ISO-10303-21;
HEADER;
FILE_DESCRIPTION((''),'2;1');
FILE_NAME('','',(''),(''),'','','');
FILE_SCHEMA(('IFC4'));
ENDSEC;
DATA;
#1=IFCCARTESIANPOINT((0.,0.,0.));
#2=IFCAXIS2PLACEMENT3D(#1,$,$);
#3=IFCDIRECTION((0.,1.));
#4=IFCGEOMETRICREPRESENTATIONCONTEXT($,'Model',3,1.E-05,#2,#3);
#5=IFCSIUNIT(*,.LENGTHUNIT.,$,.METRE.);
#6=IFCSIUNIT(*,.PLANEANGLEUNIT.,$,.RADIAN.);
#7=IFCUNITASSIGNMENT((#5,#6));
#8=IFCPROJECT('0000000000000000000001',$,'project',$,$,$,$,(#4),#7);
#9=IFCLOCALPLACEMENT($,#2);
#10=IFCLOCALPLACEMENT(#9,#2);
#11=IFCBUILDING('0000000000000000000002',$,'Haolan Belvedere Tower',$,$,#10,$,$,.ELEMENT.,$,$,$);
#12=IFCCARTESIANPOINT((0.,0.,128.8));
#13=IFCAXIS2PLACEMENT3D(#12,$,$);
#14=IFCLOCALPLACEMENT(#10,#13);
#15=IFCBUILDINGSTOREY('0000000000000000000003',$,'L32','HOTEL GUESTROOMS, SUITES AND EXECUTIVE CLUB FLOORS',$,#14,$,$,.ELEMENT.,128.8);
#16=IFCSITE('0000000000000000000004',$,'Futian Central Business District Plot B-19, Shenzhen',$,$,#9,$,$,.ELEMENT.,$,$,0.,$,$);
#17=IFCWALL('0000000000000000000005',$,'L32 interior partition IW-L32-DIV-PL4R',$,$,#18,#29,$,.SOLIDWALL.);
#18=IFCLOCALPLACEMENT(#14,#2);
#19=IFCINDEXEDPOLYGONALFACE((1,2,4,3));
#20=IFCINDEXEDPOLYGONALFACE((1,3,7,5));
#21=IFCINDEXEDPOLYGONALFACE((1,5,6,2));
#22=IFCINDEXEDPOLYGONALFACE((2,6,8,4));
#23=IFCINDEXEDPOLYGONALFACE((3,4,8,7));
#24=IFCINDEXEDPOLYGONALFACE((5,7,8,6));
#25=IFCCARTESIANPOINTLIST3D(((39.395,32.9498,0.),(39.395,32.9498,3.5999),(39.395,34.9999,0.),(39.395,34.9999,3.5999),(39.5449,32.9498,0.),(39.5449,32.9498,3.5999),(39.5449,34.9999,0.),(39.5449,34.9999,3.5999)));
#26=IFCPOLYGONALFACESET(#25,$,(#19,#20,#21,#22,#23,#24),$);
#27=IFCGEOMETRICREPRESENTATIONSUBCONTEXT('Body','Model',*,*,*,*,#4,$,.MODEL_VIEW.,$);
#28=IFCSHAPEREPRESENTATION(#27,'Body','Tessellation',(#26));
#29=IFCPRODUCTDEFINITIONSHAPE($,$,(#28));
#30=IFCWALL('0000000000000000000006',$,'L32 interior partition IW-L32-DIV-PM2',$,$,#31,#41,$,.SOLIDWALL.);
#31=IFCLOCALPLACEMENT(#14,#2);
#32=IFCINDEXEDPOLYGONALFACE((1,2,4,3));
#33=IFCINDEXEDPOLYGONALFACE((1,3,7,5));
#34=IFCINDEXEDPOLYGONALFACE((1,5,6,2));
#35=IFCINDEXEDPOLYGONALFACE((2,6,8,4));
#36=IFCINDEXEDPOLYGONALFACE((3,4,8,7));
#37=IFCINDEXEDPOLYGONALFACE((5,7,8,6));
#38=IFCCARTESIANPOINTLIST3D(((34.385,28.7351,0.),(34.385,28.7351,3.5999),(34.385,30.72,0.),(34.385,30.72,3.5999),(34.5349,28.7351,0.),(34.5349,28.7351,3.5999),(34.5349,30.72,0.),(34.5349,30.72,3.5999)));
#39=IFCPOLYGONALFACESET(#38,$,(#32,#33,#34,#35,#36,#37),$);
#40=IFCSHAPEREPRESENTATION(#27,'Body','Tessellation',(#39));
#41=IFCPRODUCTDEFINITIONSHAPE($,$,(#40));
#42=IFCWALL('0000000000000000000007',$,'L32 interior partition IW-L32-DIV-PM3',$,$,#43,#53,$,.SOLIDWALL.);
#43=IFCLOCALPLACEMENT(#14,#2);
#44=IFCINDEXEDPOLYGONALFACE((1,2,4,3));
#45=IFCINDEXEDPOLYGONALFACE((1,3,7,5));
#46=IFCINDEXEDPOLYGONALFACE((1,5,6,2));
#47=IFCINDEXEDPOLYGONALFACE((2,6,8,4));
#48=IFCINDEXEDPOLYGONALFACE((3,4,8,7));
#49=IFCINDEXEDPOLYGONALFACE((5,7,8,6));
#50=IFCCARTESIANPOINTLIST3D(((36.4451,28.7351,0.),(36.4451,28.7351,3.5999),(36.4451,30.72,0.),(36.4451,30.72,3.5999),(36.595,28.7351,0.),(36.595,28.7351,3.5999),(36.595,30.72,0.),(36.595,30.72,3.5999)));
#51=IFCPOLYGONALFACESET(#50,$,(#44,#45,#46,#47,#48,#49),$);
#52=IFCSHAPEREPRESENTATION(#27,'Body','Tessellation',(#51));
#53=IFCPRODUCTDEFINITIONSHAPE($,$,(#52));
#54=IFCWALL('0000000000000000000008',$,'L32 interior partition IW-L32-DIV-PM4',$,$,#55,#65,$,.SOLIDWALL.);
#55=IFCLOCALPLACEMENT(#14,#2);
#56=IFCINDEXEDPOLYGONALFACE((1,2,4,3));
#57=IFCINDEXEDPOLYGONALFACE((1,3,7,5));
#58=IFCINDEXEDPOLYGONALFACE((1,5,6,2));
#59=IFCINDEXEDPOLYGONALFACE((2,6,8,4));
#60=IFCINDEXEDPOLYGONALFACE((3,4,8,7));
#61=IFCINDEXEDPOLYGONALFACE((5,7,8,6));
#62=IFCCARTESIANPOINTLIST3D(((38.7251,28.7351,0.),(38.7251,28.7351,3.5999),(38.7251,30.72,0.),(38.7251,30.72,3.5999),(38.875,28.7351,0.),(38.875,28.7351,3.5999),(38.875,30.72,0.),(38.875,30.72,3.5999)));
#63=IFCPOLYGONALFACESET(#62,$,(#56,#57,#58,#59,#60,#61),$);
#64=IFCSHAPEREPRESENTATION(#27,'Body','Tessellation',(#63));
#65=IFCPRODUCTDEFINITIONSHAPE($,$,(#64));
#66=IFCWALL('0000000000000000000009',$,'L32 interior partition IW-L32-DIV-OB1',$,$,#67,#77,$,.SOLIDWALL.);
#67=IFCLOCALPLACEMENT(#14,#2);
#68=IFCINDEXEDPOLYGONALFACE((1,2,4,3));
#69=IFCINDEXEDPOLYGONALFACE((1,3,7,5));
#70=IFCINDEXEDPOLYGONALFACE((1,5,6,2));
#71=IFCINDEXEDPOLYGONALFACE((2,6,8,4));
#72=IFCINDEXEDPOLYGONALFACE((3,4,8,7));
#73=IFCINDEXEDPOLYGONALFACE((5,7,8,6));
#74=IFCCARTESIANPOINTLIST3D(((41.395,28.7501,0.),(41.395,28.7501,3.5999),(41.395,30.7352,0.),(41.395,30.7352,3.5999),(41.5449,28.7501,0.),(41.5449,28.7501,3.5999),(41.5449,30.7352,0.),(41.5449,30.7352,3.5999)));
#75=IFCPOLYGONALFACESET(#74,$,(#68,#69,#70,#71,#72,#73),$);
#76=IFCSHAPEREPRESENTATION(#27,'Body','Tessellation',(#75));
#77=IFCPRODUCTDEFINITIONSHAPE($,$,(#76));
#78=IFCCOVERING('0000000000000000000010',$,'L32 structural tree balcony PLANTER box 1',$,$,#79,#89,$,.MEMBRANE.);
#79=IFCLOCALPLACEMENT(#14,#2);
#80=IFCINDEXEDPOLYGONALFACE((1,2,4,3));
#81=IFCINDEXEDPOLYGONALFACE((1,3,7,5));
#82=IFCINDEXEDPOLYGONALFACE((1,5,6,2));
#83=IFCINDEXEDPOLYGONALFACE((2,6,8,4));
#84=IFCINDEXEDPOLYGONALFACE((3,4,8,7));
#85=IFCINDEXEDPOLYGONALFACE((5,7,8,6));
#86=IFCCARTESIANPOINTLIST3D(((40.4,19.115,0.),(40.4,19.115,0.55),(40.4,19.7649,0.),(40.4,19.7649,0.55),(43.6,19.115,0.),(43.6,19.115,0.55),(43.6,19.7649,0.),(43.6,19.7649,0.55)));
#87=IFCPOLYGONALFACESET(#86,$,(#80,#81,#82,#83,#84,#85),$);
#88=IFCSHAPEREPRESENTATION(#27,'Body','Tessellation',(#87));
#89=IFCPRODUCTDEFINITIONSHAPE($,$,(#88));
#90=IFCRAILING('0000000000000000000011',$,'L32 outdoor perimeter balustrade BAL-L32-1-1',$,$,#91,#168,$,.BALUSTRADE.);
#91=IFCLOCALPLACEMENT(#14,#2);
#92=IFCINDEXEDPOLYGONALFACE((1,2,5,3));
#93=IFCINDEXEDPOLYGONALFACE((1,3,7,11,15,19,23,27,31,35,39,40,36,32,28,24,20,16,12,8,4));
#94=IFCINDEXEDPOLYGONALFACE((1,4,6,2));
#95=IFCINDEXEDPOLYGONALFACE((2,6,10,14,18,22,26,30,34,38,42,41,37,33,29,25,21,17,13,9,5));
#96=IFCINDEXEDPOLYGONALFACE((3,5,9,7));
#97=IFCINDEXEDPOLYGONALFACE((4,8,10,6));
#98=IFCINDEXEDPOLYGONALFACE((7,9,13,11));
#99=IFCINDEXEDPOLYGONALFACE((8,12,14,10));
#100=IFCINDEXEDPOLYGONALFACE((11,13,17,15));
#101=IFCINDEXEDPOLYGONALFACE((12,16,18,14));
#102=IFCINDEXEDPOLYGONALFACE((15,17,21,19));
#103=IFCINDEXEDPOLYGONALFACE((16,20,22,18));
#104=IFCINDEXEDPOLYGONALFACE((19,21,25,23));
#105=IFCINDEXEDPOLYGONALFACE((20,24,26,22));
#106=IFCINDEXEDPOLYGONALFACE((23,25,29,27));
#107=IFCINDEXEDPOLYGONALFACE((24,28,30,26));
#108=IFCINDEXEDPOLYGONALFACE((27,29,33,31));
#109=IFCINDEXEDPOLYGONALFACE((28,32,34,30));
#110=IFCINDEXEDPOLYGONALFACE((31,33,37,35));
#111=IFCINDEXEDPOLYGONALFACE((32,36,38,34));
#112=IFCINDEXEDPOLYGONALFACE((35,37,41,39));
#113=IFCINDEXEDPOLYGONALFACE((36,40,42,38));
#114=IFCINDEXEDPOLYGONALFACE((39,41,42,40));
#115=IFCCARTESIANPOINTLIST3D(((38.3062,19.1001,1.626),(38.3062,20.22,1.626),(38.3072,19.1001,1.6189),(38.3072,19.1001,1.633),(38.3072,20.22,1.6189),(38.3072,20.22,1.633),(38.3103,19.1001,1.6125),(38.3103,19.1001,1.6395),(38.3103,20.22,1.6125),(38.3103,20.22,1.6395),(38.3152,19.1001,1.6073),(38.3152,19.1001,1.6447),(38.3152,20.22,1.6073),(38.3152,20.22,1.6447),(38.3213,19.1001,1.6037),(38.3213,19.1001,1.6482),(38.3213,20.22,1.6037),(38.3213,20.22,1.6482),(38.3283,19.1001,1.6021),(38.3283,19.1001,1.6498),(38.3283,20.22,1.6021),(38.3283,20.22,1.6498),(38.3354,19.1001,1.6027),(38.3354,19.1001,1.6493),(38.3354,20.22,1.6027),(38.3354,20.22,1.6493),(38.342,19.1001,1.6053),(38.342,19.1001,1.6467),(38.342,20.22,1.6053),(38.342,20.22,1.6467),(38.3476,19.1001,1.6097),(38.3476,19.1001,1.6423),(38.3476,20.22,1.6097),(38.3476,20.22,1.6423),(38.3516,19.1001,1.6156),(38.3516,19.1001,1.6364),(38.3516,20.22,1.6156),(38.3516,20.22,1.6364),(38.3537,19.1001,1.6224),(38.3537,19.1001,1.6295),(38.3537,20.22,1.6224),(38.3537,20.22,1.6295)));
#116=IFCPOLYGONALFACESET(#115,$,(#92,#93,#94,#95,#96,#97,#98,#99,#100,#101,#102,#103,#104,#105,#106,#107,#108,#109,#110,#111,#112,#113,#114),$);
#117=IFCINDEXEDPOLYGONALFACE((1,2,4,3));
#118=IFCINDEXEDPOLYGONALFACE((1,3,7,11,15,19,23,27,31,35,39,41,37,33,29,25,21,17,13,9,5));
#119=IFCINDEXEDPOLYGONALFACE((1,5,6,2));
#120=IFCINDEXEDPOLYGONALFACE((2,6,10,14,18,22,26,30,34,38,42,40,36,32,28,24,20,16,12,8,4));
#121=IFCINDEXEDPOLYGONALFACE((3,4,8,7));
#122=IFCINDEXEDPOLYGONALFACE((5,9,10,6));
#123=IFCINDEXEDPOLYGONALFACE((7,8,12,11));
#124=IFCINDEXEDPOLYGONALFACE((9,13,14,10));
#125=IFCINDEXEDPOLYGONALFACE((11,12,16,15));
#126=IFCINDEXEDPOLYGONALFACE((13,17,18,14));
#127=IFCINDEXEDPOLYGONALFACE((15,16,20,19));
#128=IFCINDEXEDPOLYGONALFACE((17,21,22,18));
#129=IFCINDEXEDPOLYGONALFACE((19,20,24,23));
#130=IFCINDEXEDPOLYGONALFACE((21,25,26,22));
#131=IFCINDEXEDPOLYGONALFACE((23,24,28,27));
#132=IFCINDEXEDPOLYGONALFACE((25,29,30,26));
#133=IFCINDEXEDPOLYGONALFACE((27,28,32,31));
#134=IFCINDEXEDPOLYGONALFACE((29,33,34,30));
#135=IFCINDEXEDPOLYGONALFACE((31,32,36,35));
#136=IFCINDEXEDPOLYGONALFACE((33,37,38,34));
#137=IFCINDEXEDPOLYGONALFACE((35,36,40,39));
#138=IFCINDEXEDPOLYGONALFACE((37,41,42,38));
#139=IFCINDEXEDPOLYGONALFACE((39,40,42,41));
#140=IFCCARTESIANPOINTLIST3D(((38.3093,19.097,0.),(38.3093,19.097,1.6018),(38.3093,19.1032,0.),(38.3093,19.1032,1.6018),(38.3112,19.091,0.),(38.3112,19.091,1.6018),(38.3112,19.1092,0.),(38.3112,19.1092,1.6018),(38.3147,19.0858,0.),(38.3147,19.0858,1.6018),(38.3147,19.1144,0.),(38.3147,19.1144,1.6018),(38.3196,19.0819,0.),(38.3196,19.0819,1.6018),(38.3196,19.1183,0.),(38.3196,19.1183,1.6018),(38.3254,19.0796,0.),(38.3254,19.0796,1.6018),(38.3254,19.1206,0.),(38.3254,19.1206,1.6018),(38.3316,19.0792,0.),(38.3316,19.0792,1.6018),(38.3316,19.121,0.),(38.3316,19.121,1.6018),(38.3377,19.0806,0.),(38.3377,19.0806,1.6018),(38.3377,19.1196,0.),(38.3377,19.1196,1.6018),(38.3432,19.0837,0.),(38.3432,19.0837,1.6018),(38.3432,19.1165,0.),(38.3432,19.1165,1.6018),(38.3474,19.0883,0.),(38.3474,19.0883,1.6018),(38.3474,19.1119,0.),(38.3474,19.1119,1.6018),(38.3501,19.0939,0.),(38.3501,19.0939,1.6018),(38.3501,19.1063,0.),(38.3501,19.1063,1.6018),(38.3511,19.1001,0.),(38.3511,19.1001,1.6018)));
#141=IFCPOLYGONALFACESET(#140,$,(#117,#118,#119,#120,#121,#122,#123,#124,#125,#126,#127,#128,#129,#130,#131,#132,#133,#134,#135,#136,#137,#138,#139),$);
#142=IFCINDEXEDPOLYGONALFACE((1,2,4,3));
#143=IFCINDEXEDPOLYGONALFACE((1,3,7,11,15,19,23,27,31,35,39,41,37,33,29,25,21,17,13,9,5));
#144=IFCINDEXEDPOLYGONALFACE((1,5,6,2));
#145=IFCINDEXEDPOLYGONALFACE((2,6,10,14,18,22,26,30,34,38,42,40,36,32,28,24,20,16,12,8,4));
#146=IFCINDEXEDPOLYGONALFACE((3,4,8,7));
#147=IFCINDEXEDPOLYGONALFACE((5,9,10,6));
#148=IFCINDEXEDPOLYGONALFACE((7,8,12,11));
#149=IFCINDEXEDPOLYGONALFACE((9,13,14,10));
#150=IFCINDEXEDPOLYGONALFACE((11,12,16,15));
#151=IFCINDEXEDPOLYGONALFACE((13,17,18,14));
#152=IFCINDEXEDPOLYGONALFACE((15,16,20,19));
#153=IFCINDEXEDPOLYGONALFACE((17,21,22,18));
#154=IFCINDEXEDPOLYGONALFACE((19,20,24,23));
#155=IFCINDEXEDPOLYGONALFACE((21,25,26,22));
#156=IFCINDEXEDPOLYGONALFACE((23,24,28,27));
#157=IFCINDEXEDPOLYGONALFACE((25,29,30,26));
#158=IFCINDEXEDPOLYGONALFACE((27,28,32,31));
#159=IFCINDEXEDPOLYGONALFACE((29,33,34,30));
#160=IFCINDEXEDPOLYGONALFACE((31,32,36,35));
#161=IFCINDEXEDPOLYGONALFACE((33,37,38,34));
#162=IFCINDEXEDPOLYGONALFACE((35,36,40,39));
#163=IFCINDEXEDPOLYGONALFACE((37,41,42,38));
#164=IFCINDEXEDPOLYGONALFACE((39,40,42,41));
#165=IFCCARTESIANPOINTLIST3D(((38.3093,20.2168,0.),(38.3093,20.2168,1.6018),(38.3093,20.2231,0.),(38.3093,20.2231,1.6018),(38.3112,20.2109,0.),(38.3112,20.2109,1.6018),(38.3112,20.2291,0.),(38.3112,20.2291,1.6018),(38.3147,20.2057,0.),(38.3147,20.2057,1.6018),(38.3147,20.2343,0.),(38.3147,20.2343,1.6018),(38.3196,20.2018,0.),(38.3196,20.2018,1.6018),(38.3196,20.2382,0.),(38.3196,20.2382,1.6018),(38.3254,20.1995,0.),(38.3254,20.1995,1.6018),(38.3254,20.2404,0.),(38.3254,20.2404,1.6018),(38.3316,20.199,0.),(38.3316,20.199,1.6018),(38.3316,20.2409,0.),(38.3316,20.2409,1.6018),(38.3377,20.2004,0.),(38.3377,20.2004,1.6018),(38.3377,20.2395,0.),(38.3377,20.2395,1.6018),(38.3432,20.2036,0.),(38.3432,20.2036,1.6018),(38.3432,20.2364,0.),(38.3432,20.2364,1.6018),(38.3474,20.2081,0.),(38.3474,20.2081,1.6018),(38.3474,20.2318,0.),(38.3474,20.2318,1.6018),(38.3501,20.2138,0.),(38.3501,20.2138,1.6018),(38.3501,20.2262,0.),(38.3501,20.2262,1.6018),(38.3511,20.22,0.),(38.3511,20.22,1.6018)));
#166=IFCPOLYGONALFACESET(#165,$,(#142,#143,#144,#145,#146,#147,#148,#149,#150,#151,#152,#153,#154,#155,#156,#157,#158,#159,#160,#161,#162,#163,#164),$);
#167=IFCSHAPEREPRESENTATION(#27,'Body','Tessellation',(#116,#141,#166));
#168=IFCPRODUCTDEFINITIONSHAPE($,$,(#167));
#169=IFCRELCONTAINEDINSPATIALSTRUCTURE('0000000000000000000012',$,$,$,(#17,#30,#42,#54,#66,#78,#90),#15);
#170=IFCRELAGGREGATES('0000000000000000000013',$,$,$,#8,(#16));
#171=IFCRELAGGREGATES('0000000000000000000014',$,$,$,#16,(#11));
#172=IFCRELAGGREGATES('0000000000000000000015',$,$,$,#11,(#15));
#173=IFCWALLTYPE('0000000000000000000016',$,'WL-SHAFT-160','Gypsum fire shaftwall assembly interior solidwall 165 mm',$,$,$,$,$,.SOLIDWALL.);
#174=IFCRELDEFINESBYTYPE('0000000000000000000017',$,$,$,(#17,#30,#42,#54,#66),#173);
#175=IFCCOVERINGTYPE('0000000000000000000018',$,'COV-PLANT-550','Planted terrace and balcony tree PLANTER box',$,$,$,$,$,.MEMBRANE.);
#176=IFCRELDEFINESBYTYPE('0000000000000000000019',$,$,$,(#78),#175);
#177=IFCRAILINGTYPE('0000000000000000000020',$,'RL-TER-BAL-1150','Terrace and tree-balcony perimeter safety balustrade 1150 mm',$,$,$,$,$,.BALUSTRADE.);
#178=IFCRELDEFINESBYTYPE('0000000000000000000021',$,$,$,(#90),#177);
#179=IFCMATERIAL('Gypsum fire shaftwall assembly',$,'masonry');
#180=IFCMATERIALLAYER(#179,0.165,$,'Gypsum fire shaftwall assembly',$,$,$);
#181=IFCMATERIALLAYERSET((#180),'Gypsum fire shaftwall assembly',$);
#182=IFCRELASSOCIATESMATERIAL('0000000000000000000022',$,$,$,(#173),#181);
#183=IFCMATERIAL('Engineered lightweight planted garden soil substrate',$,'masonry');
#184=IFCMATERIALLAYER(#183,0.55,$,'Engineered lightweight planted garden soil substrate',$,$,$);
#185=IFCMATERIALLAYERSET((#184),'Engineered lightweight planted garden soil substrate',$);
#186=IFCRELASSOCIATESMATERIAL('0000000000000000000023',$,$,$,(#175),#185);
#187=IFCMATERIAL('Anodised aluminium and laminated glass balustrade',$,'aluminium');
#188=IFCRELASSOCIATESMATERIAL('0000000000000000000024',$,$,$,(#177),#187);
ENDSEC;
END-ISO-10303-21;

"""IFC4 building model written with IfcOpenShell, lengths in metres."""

from ifc_helpers import new_model, si_unit, direction, frame, frame_2d, origin, origin_2d, place, context, subcontext, project, spatial, rectangle, circle, extrude, material, layer, layer_set, type_object, element, save


model = new_model("IFC4")

# Units and contexts
model_context = context("Model", 3, precision=1e-05, world=origin(), true_north=direction((0.0, 1.0)))
body_context = subcontext(model_context, "Body", "Model", "MODEL_VIEW")
ifc_project = project(units=[si_unit("LENGTHUNIT", "METRE"), si_unit("PLANEANGLEUNIT", "RADIAN")], contexts=[model_context])

# Site, building, storey
site_placement = place(None, origin())
site = spatial("IfcSite", under=ifc_project, at=site_placement, Name="Futian Central Business District Plot B-19, Shenzhen", CompositionType="ELEMENT", RefElevation=0.0)
building_placement = place(site_placement, origin())
building = spatial("IfcBuilding", under=site, at=building_placement, Name="Haolan Belvedere Tower", CompositionType="ELEMENT")
storey_placement = place(building_placement, frame((0.0, 0.0, 128.8)))
storey = spatial("IfcBuildingStorey", under=building, at=storey_placement, Name="L32", Description="HOTEL GUESTROOMS, SUITES AND EXECUTIVE CLUB FLOORS", CompositionType="ELEMENT", Elevation=128.8)

# Shared definitions
ifc_material_1 = material(Name="Gypsum fire shaftwall assembly", Category="masonry")
ifc_layer_1 = layer(ifc_material_1, 0.165, Name="Gypsum fire shaftwall assembly")
ifc_layer_set_1 = layer_set([ifc_layer_1], Name="Gypsum fire shaftwall assembly")
wall_type_1 = type_object("IfcWallType", Name="WL-SHAFT-160", Description="Gypsum fire shaftwall assembly interior solidwall 165 mm", PredefinedType="SOLIDWALL", material=ifc_layer_set_1)

# Walls
wall_1_placement = place(storey_placement, frame((39.47, 32.95, 0.0), z_axis=(0.0, 0.0, 1.0), x_axis=(0.0, 1.0, 0.0)))
element("IfcWall", 1, at=wall_1_placement, inside=storey, type_object=wall_type_1, Name="L32 interior partition IW-L32-DIV-PL4R", PredefinedType="SOLIDWALL", context=body_context, shape_type="SweptSolid", body=[
    extrude(rectangle(XDim=2.05, YDim=0.1499, at=frame_2d((1.0249, 0.0))), origin(), (0.0, 0.0, 1.0), 3.5999),
])
for number, where, z_axis, x_axis, name in (
    (2, (34.46, 28.7351, 0.0), (0.0, 0.0, 1.0), (0.0, 1.0, 0.0), "L32 interior partition IW-L32-DIV-PM2"),
    (3, (36.52, 28.7351, 0.0), (0.0, 0.0, 1.0), (0.0, 1.0, 0.0), "L32 interior partition IW-L32-DIV-PM3"),
    (4, (38.8, 28.7351, 0.0), (0.0, 0.0, 1.0), (0.0, 1.0, 0.0), "L32 interior partition IW-L32-DIV-PM4"),
):
    element("IfcWall", number, at=place(storey_placement, frame(where, z_axis=z_axis, x_axis=x_axis)), inside=storey, type_object=wall_type_1, Name=name, PredefinedType="SOLIDWALL", context=body_context, shape_type="SweptSolid", body=[
        extrude(rectangle(XDim=1.9849, YDim=0.1499, at=frame_2d((0.9924, 0.0))), origin(), (0.0, 0.0, 1.0), 3.5999),
    ])
wall_2_placement = place(storey_placement, frame((41.47, 28.75, 0.0), z_axis=(0.0, 0.0, 1.0), x_axis=(0.0, 1.0, 0.0)))
element("IfcWall", 5, at=wall_2_placement, inside=storey, type_object=wall_type_1, Name="L32 interior partition IW-L32-DIV-OB1", PredefinedType="SOLIDWALL", context=body_context, shape_type="SweptSolid", body=[
    extrude(rectangle(XDim=1.9851, YDim=0.1499, at=frame_2d((0.9927, 0.0))), origin(), (0.0, 0.0, 1.0), 3.5999),
])

# Covering
ifc_material_2 = material(Name="Engineered lightweight planted garden soil substrate", Category="masonry")
ifc_layer_2 = layer(ifc_material_2, 0.55, Name="Engineered lightweight planted garden soil substrate")
ifc_layer_set_2 = layer_set([ifc_layer_2], Name="Engineered lightweight planted garden soil substrate")
covering_type = type_object("IfcCoveringType", Name="COV-PLANT-550", Description="Planted terrace and balcony tree PLANTER box", PredefinedType="MEMBRANE", material=ifc_layer_set_2)
covering_placement = place(storey_placement, frame((42.0, 19.4399, 0.0), z_axis=(0.0, 0.0, 1.0), x_axis=(1.0, 0.0, 0.0)))
element("IfcCovering", 6, at=covering_placement, inside=storey, type_object=covering_type, Name="L32 structural tree balcony PLANTER box 1", PredefinedType="MEMBRANE", context=body_context, shape_type="SweptSolid", body=[
    extrude(rectangle(XDim=3.2, YDim=0.6499, at=origin_2d()), origin(), (0.0, 0.0, 1.0), 0.55),
])

# Railing
ifc_material_3 = material(Name="Anodised aluminium and laminated glass balustrade", Category="aluminium")
railing_type = type_object("IfcRailingType", Name="RL-TER-BAL-1150", Description="Terrace and tree-balcony perimeter safety balustrade 1150 mm", PredefinedType="BALUSTRADE", material=ifc_material_3)
railing_placement = place(storey_placement, frame((38.3301, 19.1001, 0.0)))
element("IfcRailing", 7, at=railing_placement, inside=storey, type_object=railing_type, Name="L32 outdoor perimeter balustrade BAL-L32-1-1", PredefinedType="BALUSTRADE", context=body_context, shape_type="SweptSolid", body=[
    extrude(circle(Radius=0.0239, at=origin_2d()), frame((0.0, 0.0, 1.626), z_axis=(0.0, 1.0, 0.0), x_axis=(-1.0, 0.0, 0.0)), (0.0, 0.0, 1.0), 1.1199),
    extrude(circle(Radius=0.021, at=origin_2d()), origin(), (0.0, 0.0, 1.0), 1.6018),
    extrude(circle(Radius=0.021, at=origin_2d()), frame((0.0, 1.1199, 0.0)), (0.0, 0.0, 1.0), 1.6018),
])

save(model, "model.ifc")
